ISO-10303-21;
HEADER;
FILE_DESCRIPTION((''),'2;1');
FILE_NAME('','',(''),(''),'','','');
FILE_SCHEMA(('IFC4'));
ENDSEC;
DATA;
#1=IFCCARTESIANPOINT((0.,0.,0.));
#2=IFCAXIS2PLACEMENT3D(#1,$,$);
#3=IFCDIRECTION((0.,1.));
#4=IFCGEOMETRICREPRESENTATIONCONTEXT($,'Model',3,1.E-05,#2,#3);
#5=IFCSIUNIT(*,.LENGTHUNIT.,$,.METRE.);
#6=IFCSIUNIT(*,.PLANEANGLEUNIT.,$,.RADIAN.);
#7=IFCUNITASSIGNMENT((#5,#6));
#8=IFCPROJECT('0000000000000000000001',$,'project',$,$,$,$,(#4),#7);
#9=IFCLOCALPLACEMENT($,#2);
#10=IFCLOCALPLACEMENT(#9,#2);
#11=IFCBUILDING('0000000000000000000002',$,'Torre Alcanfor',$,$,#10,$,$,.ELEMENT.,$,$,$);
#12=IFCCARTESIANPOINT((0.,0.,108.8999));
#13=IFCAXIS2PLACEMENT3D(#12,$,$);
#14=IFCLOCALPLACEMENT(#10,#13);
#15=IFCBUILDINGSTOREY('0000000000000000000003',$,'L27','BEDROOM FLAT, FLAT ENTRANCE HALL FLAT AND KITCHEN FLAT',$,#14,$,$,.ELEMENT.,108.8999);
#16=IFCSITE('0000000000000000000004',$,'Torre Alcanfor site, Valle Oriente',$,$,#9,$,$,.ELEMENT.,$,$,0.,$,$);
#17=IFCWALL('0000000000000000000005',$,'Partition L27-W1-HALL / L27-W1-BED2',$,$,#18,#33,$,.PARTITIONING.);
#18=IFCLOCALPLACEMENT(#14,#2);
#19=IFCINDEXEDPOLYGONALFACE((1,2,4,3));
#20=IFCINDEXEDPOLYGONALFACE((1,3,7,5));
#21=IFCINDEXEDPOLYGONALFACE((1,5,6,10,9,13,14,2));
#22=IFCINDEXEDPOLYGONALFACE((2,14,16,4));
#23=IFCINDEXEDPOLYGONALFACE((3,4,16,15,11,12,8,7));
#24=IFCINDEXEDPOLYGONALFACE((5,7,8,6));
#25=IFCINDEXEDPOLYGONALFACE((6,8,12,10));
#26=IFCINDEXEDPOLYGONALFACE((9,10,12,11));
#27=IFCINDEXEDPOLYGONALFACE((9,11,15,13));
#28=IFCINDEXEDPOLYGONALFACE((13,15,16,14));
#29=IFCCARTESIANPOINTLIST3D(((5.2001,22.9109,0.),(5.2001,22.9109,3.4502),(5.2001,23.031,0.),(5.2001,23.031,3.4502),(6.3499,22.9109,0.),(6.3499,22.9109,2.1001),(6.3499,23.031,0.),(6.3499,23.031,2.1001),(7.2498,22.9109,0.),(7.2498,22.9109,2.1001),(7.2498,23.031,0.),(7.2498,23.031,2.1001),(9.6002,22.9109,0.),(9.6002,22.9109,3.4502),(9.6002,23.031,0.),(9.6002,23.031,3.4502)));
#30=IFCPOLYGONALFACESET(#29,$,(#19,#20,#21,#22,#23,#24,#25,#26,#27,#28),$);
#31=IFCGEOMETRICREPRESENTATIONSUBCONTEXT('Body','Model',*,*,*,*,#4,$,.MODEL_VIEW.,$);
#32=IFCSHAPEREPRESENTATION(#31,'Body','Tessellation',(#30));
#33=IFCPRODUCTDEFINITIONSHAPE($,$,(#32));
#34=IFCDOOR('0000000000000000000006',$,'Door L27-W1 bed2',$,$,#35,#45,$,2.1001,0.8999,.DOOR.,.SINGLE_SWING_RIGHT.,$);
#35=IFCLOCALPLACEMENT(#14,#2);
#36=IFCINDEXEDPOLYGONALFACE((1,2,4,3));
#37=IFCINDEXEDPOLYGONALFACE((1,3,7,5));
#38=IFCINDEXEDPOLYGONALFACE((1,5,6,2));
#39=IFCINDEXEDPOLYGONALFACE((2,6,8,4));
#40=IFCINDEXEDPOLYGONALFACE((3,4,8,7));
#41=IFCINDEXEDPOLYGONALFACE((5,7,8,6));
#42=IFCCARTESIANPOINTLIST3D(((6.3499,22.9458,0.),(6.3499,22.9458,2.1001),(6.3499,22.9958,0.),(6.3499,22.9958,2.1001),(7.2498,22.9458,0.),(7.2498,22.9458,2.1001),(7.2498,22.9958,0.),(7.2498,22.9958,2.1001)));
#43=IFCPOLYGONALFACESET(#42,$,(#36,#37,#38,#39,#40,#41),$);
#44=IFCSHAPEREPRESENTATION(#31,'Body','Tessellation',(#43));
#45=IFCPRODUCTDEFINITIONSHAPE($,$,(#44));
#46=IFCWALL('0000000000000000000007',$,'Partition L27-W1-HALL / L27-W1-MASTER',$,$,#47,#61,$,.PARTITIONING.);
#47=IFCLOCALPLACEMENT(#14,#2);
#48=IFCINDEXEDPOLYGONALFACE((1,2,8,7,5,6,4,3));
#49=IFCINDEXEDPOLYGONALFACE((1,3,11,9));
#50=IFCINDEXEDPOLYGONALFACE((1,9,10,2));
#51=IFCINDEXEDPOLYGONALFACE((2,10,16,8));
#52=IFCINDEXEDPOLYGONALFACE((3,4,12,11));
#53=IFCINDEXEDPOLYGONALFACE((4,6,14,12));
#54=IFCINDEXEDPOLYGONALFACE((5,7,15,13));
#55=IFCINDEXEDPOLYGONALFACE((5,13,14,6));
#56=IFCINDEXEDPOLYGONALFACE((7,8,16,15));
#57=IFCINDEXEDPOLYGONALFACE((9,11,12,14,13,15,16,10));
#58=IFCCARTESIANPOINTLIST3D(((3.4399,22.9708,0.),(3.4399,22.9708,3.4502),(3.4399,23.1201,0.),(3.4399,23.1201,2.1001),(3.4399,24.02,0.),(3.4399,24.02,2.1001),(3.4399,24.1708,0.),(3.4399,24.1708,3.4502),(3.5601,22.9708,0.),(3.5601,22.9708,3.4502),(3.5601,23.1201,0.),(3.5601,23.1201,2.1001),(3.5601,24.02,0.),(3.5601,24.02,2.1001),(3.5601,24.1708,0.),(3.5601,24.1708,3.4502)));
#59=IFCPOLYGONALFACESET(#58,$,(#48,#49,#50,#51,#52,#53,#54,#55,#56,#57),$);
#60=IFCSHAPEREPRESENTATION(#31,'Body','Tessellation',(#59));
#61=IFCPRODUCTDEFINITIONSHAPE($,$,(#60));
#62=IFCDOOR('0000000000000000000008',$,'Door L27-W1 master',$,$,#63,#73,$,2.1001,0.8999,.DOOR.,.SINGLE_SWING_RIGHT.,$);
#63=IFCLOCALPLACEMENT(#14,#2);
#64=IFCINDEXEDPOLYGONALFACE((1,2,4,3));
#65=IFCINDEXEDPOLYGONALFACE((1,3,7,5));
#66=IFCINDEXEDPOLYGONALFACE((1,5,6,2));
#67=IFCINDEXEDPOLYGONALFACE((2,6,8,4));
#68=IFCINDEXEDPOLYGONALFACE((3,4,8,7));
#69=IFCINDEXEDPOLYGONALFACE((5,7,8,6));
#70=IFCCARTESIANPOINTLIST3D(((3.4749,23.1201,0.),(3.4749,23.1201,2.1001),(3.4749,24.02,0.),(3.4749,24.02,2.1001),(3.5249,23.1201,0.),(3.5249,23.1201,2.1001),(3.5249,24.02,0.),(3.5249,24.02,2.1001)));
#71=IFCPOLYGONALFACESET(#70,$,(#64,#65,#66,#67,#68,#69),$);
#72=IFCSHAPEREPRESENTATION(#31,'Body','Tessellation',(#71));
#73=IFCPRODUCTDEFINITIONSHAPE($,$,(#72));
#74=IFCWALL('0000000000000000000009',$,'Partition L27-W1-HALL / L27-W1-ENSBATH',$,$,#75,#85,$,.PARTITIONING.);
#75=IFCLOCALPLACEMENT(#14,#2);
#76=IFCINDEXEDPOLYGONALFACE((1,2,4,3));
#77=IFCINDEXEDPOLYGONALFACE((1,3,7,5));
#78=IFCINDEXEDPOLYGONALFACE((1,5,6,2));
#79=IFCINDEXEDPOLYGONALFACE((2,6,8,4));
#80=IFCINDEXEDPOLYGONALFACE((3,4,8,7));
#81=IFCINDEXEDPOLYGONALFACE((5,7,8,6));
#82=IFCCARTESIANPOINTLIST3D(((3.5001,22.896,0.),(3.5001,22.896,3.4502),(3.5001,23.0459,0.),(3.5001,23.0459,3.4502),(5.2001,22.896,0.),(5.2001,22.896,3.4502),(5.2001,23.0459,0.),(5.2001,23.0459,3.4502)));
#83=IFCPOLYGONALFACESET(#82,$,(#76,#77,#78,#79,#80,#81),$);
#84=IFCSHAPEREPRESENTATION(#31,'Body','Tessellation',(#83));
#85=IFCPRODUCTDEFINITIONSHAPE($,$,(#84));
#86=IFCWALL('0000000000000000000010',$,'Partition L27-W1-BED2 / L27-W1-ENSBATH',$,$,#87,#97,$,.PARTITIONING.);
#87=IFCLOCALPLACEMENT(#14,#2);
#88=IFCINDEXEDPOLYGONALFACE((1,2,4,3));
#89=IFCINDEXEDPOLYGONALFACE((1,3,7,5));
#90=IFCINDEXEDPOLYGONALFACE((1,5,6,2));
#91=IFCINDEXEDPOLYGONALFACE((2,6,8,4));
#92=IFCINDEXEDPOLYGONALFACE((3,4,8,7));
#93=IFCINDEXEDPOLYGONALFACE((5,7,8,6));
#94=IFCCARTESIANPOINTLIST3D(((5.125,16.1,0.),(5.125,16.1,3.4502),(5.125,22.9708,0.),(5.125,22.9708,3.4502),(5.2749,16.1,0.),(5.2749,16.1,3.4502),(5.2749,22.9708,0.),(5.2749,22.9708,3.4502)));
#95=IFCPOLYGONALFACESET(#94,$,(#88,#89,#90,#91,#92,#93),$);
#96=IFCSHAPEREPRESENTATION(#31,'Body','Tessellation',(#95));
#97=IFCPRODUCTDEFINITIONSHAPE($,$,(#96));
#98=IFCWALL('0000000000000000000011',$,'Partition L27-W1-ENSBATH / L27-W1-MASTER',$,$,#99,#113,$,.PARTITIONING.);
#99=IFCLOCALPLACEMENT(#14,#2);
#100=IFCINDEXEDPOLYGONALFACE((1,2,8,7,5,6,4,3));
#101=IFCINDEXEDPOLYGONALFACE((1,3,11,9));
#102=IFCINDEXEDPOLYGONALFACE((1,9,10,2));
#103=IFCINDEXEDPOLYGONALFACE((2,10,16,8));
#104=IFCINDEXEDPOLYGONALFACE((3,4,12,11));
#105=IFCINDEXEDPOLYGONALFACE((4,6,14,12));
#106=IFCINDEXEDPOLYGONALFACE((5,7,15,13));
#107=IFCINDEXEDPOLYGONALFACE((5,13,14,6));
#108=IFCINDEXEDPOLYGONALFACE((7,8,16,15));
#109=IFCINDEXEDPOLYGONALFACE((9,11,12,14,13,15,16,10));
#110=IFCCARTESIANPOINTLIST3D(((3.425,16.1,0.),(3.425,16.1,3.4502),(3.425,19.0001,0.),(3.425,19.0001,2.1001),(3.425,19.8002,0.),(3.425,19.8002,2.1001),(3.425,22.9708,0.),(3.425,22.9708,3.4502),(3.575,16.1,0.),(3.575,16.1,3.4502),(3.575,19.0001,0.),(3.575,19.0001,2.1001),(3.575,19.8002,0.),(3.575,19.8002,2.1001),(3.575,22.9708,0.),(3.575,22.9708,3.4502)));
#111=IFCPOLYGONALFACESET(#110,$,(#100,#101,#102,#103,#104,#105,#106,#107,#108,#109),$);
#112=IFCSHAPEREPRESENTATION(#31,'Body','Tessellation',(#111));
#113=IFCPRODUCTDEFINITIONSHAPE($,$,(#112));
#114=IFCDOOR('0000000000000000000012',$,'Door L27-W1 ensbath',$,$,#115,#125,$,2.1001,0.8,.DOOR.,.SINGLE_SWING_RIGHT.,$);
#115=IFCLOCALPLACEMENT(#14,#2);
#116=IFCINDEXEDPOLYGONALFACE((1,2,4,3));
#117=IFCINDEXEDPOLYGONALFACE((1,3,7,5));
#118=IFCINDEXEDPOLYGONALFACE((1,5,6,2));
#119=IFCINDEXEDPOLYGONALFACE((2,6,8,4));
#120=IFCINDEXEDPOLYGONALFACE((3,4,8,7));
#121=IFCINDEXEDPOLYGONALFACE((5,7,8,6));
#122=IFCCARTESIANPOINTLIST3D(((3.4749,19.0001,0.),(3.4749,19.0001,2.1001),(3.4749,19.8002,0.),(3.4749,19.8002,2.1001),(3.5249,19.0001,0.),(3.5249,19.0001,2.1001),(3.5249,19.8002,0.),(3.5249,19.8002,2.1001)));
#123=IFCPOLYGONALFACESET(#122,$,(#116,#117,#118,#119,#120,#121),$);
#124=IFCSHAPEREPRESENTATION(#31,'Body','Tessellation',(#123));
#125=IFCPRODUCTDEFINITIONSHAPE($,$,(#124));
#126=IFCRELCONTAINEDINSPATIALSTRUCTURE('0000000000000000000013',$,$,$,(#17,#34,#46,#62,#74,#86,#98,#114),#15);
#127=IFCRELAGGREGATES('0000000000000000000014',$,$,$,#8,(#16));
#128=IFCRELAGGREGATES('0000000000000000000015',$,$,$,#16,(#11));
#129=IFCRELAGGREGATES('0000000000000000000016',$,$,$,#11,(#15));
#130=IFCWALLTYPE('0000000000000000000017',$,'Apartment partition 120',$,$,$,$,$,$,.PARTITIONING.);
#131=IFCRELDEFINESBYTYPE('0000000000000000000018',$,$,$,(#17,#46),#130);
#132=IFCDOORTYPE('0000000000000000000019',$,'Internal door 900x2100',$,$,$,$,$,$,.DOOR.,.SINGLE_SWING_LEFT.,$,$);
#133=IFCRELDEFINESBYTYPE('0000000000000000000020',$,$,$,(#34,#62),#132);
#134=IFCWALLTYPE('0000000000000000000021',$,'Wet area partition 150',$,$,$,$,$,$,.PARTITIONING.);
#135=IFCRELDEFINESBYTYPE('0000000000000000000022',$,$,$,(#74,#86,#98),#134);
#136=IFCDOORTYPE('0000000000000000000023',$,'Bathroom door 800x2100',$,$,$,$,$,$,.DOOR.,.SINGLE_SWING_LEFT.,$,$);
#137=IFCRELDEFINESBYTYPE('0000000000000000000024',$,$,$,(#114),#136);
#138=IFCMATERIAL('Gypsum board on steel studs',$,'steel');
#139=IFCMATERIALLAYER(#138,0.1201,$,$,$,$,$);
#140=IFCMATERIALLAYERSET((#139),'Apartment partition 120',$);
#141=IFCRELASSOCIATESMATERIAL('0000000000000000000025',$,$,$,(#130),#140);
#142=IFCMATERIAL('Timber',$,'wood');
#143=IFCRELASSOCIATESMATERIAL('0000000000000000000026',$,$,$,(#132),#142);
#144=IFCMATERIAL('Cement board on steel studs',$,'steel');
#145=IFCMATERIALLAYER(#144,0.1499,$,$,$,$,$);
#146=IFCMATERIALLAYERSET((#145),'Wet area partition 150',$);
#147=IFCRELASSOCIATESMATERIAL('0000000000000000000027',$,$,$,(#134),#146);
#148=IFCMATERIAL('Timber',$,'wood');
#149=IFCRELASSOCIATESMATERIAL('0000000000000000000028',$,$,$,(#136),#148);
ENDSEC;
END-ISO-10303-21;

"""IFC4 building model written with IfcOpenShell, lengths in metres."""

from ifc_helpers import new_model, si_unit, direction, frame, frame_2d, origin, place, context, subcontext, project, spatial, rectangle, extrude, material, layer, layer_set, type_object, element, fill, save


model = new_model("IFC4")

# Units and contexts
model_context = context("Model", 3, precision=1e-05, world=origin(), true_north=direction((0.0, 1.0)))
body_context = subcontext(model_context, "Body", "Model", "MODEL_VIEW")
ifc_project = project(units=[si_unit("LENGTHUNIT", "METRE"), si_unit("PLANEANGLEUNIT", "RADIAN")], contexts=[model_context])

# Site, building, storey
site_placement = place(None, origin())
site = spatial("IfcSite", under=ifc_project, at=site_placement, Name="Torre Alcanfor site, Valle Oriente", CompositionType="ELEMENT", RefElevation=0.0)
building_placement = place(site_placement, origin())
building = spatial("IfcBuilding", under=site, at=building_placement, Name="Torre Alcanfor", CompositionType="ELEMENT")
storey_placement = place(building_placement, frame((0.0, 0.0, 108.8999)))
storey = spatial("IfcBuildingStorey", under=building, at=storey_placement, Name="L27", Description="BEDROOM FLAT, FLAT ENTRANCE HALL FLAT AND KITCHEN FLAT", CompositionType="ELEMENT", Elevation=108.8999)

# Shared definitions
ifc_material_1 = material(Name="Gypsum board on steel studs", Category="steel")
ifc_layer_1 = layer(ifc_material_1, 0.1201)
ifc_layer_set_1 = layer_set([ifc_layer_1], Name="Apartment partition 120")
wall_type_1 = type_object("IfcWallType", Name="Apartment partition 120", PredefinedType="PARTITIONING", material=ifc_layer_set_1)

# Shared definitions
ifc_material_2 = material(Name="Timber", Category="wood")
door_type_1 = type_object("IfcDoorType", Name="Internal door 900x2100", OperationType="SINGLE_SWING_LEFT", PredefinedType="DOOR", material=ifc_material_2)

# Walls, openings, doors
wall_1_placement = place(storey_placement, frame((5.2, 22.9709, 0.0), z_axis=(0.0, 0.0, 1.0), x_axis=(1.0, 0.0, 0.0)))
wall_1 = element("IfcWall", 1, at=wall_1_placement, inside=storey, type_object=wall_type_1, Name="Partition L27-W1-HALL / L27-W1-BED2", PredefinedType="PARTITIONING", context=body_context, shape_type="SweptSolid", body=[
    extrude(rectangle(XDim=4.4001, YDim=0.1201, at=frame_2d((2.2002, 0.0))), origin(), (0.0, 0.0, 1.0), 3.4502),
])
opening_1_placement = place(wall_1_placement, frame((1.1499, 0.0, 0.0)))
opening_1 = element("IfcOpeningElement", 2, at=opening_1_placement, cuts=wall_1, PredefinedType="OPENING", context=body_context, shape_type="SweptSolid", body=[
    extrude(rectangle(XDim=0.8999, YDim=2.1001, at=frame_2d((0.45, 1.05))), frame((0.0, 0.0701, 0.0), z_axis=(0.0, -1.0, 0.0), x_axis=(1.0, 0.0, 0.0)), (0.0, 0.0, 1.0), 0.1401),
])
door_1_placement = place(opening_1_placement, frame((0.8999, 0.0, 0.0), z_axis=(0.0, 0.0, 1.0), x_axis=(-1.0, 0.0, 0.0)))
door_1 = element("IfcDoor", 3, at=door_1_placement, inside=storey, type_object=door_type_1, Name="Door L27-W1 bed2", OperationType="SINGLE_SWING_RIGHT", OverallHeight=2.1001, OverallWidth=0.8999, PredefinedType="DOOR", context=body_context, shape_type="SweptSolid", body=[
    extrude(rectangle(XDim=0.8999, YDim=2.1001, at=frame_2d((0.45, 1.05))), frame((0.0, 0.0251, 0.0), z_axis=(0.0, -1.0, 0.0), x_axis=(1.0, 0.0, 0.0)), (0.0, 0.0, 1.0), 0.05),
])
fill(opening_1, door_1)
wall_2_placement = place(storey_placement, frame((3.5, 24.1709, 0.0), z_axis=(0.0, 0.0, 1.0), x_axis=(0.0, -1.0, 0.0)))
wall_2 = element("IfcWall", 4, at=wall_2_placement, inside=storey, type_object=wall_type_1, Name="Partition L27-W1-HALL / L27-W1-MASTER", PredefinedType="PARTITIONING", context=body_context, shape_type="SweptSolid", body=[
    extrude(rectangle(XDim=1.2, YDim=0.1201, at=frame_2d((0.6001, 0.0))), origin(), (0.0, 0.0, 1.0), 3.4502),
])
opening_2_placement = place(wall_2_placement, frame((0.1509, 0.0, 0.0)))
opening_2 = element("IfcOpeningElement", 5, at=opening_2_placement, cuts=wall_2, PredefinedType="OPENING", context=body_context, shape_type="SweptSolid", body=[
    extrude(rectangle(XDim=0.8999, YDim=2.1001, at=frame_2d((0.45, 1.05))), frame((0.0, 0.0701, 0.0), z_axis=(0.0, -1.0, 0.0), x_axis=(1.0, 0.0, 0.0)), (0.0, 0.0, 1.0), 0.1401),
])
door_2_placement = place(opening_2_placement, frame((0.8999, 0.0, 0.0), z_axis=(0.0, 0.0, 1.0), x_axis=(-1.0, 0.0, 0.0)))
door_2 = element("IfcDoor", 6, at=door_2_placement, inside=storey, type_object=door_type_1, Name="Door L27-W1 master", OperationType="SINGLE_SWING_RIGHT", OverallHeight=2.1001, OverallWidth=0.8999, PredefinedType="DOOR", context=body_context, shape_type="SweptSolid", body=[
    extrude(rectangle(XDim=0.8999, YDim=2.1001, at=frame_2d((0.45, 1.05))), frame((0.0, 0.0251, 0.0), z_axis=(0.0, -1.0, 0.0), x_axis=(1.0, 0.0, 0.0)), (0.0, 0.0, 1.0), 0.05),
])
fill(opening_2, door_2)

# Walls
ifc_material_3 = material(Name="Cement board on steel studs", Category="steel")
ifc_layer_2 = layer(ifc_material_3, 0.1499)
ifc_layer_set_2 = layer_set([ifc_layer_2], Name="Wet area partition 150")
wall_type_2 = type_object("IfcWallType", Name="Wet area partition 150", PredefinedType="PARTITIONING", material=ifc_layer_set_2)
wall_3_placement = place(storey_placement, frame((3.5, 22.9709, 0.0), z_axis=(0.0, 0.0, 1.0), x_axis=(1.0, 0.0, 0.0)))
element("IfcWall", 7, at=wall_3_placement, inside=storey, type_object=wall_type_2, Name="Partition L27-W1-HALL / L27-W1-ENSBATH", PredefinedType="PARTITIONING", context=body_context, shape_type="SweptSolid", body=[
    extrude(rectangle(XDim=1.7, YDim=0.1499, at=frame_2d((0.8501, 0.0))), origin(), (0.0, 0.0, 1.0), 3.4502),
])
wall_4_placement = place(storey_placement, frame((5.2, 22.9709, 0.0), z_axis=(0.0, 0.0, 1.0), x_axis=(0.0, -1.0, 0.0)))
element("IfcWall", 8, at=wall_4_placement, inside=storey, type_object=wall_type_2, Name="Partition L27-W1-BED2 / L27-W1-ENSBATH", PredefinedType="PARTITIONING", context=body_context, shape_type="SweptSolid", body=[
    extrude(rectangle(XDim=6.8708, YDim=0.1499, at=frame_2d((3.4355, 0.0))), origin(), (0.0, 0.0, 1.0), 3.4502),
])

# Wall, opening, door
wall_5_placement = place(storey_placement, frame((3.5, 22.9709, 0.0), z_axis=(0.0, 0.0, 1.0), x_axis=(0.0, -1.0, 0.0)))
wall_5 = element("IfcWall", 9, at=wall_5_placement, inside=storey, type_object=wall_type_2, Name="Partition L27-W1-ENSBATH / L27-W1-MASTER", PredefinedType="PARTITIONING", context=body_context, shape_type="SweptSolid", body=[
    extrude(rectangle(XDim=6.8708, YDim=0.1499, at=frame_2d((3.4355, 0.0))), origin(), (0.0, 0.0, 1.0), 3.4502),
])
opening_3_placement = place(wall_5_placement, frame((3.1709, 0.0, 0.0)))
opening_3 = element("IfcOpeningElement", 10, at=opening_3_placement, cuts=wall_5, PredefinedType="OPENING", context=body_context, shape_type="SweptSolid", body=[
    extrude(rectangle(XDim=0.8, YDim=2.1001, at=frame_2d((0.3999, 1.05))), frame((0.0, 0.085, 0.0), z_axis=(0.0, -1.0, 0.0), x_axis=(1.0, 0.0, 0.0)), (0.0, 0.0, 1.0), 0.1699),
])
ifc_material_4 = material(Name="Timber", Category="wood")
door_type_2 = type_object("IfcDoorType", Name="Bathroom door 800x2100", OperationType="SINGLE_SWING_LEFT", PredefinedType="DOOR", material=ifc_material_4)
door_3_placement = place(opening_3_placement, origin())
door_3 = element("IfcDoor", 11, at=door_3_placement, inside=storey, type_object=door_type_2, Name="Door L27-W1 ensbath", OperationType="SINGLE_SWING_RIGHT", OverallHeight=2.1001, OverallWidth=0.8, PredefinedType="DOOR", context=body_context, shape_type="SweptSolid", body=[
    extrude(rectangle(XDim=0.8, YDim=2.1001, at=frame_2d((0.3999, 1.05))), frame((0.0, 0.0249, 0.0), z_axis=(0.0, -1.0, 0.0), x_axis=(1.0, 0.0, 0.0)), (0.0, 0.0, 1.0), 0.05),
])
fill(opening_3, door_3)

save(model, "model.ifc")
